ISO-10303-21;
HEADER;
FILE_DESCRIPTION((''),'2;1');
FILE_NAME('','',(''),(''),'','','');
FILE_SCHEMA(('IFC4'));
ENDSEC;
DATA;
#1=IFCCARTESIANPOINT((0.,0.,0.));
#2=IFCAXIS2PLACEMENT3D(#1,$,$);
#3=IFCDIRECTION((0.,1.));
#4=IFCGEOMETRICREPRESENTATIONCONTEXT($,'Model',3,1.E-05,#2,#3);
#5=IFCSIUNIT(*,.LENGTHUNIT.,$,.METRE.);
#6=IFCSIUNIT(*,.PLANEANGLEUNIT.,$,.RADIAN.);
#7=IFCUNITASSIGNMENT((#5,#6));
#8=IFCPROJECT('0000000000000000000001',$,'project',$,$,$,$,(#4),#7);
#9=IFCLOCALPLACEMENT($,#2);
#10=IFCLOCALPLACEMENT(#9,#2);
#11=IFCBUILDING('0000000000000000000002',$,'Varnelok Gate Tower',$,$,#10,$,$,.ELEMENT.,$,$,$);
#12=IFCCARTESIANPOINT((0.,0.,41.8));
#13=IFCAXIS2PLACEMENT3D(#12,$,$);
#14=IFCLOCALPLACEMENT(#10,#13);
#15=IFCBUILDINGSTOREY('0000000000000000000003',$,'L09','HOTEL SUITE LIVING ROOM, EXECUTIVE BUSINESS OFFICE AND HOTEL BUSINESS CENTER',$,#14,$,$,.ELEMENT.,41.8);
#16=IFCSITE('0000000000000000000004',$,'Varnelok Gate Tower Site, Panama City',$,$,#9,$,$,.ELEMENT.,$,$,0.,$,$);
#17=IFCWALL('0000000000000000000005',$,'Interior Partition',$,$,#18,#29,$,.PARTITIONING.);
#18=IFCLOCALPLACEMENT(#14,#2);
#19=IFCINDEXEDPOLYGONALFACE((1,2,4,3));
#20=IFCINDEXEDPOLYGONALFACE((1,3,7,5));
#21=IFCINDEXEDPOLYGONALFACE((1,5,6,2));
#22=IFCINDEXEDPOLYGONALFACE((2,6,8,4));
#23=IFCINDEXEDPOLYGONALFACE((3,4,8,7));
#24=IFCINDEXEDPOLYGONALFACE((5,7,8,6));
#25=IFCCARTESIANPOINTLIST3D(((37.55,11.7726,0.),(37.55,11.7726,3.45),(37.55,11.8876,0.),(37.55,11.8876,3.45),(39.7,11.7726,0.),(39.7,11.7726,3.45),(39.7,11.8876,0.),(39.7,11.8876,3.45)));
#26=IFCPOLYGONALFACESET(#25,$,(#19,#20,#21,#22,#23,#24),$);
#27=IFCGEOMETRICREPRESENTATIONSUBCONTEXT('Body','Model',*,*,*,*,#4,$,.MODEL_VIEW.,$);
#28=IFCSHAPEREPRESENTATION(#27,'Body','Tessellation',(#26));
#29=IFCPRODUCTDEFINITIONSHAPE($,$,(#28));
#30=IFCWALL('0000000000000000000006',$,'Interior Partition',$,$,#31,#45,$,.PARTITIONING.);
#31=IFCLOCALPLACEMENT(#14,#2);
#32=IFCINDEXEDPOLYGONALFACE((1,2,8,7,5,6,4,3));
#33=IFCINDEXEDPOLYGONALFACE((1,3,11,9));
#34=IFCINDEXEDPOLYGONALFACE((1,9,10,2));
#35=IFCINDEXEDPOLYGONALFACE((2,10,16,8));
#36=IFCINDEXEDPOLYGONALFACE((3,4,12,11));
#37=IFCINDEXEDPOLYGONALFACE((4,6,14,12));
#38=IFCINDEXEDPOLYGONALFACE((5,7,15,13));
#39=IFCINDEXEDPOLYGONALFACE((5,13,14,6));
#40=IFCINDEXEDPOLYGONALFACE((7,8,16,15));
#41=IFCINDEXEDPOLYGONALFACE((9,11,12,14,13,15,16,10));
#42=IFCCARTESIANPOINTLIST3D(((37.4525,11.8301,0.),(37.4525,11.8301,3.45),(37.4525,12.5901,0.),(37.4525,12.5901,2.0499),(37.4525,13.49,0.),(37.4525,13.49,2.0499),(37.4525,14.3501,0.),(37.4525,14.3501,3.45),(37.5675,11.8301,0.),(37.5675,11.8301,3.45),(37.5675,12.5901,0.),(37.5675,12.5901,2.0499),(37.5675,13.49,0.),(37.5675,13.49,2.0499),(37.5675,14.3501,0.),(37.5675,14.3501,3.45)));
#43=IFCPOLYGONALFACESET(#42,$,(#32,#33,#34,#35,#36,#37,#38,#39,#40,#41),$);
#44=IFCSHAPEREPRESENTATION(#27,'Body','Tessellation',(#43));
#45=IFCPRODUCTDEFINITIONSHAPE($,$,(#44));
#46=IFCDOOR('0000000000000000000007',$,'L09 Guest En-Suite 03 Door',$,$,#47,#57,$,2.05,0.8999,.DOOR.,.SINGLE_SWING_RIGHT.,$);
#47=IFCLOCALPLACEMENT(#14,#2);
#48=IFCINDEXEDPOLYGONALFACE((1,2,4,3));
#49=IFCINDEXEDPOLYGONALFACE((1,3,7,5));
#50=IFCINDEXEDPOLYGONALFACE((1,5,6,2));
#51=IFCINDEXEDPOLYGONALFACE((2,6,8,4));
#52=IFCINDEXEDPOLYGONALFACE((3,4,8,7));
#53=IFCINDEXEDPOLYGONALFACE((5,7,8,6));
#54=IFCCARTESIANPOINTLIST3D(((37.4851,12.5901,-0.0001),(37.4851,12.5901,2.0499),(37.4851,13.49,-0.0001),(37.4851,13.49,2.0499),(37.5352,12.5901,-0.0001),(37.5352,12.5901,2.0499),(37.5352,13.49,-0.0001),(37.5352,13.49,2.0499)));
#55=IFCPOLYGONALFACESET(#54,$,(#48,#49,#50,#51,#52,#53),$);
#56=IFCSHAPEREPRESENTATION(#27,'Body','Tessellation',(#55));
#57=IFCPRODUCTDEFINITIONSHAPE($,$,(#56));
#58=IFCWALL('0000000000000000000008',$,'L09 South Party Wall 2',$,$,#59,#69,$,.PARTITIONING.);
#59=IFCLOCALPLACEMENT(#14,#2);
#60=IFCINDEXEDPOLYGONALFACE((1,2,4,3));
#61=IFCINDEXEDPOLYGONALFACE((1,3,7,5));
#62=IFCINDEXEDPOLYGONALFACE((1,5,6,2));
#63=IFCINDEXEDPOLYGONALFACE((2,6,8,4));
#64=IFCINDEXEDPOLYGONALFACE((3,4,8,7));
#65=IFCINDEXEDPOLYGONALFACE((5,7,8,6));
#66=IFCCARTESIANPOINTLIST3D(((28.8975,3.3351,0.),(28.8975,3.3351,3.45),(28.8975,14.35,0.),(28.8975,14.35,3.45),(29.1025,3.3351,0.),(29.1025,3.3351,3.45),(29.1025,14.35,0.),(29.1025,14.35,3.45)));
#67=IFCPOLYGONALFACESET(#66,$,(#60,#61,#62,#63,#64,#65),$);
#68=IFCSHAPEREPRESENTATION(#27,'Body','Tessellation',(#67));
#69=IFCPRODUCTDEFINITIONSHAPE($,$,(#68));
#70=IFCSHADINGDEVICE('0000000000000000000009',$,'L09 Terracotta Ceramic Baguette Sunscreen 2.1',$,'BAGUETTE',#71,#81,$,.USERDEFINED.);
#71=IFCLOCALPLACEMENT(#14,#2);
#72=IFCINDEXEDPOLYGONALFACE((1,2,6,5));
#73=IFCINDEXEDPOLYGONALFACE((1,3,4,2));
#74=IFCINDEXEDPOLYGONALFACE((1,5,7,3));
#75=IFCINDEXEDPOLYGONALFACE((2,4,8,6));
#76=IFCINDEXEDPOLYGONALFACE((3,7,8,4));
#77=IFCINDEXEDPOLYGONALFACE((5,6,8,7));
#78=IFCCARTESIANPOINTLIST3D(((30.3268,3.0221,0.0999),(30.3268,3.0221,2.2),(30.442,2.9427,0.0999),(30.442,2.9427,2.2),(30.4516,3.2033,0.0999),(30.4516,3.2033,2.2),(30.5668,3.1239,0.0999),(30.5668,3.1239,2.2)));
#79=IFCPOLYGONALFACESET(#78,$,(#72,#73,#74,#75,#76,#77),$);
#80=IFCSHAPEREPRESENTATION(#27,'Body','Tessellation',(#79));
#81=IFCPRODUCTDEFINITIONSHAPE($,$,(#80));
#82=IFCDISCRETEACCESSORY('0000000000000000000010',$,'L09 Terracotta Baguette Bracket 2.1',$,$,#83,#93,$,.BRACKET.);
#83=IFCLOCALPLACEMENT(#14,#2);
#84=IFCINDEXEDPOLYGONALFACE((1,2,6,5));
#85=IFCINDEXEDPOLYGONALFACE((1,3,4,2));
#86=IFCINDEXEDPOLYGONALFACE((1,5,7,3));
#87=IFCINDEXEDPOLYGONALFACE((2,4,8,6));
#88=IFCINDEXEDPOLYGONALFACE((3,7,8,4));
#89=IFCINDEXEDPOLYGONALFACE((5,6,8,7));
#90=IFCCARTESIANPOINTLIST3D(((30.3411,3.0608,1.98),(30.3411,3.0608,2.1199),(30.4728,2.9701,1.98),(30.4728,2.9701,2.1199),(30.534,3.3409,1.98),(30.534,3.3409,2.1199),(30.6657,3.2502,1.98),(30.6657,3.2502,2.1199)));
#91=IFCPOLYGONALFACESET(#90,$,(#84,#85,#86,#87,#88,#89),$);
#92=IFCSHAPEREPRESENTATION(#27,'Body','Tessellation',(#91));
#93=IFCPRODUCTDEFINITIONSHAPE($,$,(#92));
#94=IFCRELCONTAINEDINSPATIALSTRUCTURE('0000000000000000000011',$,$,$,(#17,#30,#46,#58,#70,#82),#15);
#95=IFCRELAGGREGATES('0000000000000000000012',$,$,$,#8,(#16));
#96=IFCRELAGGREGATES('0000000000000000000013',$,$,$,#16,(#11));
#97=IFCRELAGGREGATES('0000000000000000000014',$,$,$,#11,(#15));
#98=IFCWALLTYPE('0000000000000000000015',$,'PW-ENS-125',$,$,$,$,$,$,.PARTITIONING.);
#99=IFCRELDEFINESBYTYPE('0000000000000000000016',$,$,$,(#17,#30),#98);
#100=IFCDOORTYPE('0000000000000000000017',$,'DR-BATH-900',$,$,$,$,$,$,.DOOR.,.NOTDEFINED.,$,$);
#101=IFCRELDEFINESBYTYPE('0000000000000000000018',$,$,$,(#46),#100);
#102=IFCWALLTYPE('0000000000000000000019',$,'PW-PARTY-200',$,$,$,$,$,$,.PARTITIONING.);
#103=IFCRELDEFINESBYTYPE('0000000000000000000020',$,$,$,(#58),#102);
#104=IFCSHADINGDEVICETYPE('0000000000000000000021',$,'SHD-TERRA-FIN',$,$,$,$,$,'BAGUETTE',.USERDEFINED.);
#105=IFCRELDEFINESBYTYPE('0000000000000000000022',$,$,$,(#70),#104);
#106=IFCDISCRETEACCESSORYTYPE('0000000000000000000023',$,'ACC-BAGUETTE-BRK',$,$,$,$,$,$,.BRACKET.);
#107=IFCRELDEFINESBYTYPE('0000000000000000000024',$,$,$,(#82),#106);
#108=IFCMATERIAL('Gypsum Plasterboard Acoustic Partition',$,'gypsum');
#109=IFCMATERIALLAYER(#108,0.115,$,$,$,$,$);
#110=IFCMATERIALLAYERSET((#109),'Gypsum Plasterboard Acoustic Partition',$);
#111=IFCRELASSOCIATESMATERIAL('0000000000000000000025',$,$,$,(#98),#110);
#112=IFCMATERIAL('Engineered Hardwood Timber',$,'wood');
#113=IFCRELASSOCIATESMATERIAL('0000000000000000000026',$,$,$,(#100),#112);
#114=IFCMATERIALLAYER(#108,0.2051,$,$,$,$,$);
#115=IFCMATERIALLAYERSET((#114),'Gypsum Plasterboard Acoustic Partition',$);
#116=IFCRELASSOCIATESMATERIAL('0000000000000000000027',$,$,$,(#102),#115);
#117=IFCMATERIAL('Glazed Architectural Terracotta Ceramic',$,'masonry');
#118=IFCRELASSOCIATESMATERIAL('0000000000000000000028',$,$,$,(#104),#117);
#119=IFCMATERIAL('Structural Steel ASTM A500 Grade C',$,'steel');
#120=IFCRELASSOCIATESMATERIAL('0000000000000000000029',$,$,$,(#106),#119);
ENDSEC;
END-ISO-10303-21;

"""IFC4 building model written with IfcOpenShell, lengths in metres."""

from ifc_helpers import new_model, si_unit, direction, frame, frame_2d, origin, origin_2d, place, context, subcontext, project, spatial, rectangle, extrude, source, transform, mapped, material, layer, layer_set, type_object, element, fill, save


model = new_model("IFC4")

# Units and contexts
model_context = context("Model", 3, precision=1e-05, world=origin(), true_north=direction((0.0, 1.0)))
body_context = subcontext(model_context, "Body", "Model", "MODEL_VIEW")
ifc_project = project(units=[si_unit("LENGTHUNIT", "METRE"), si_unit("PLANEANGLEUNIT", "RADIAN")], contexts=[model_context])

# Site, building, storey
site_placement = place(None, origin())
site = spatial("IfcSite", under=ifc_project, at=site_placement, Name="Varnelok Gate Tower Site, Panama City", CompositionType="ELEMENT", RefElevation=0.0)
building_placement = place(site_placement, origin())
building = spatial("IfcBuilding", under=site, at=building_placement, Name="Varnelok Gate Tower", CompositionType="ELEMENT")
storey_placement = place(building_placement, frame((0.0, 0.0, 41.8)))
storey = spatial("IfcBuildingStorey", under=building, at=storey_placement, Name="L09", Description="HOTEL SUITE LIVING ROOM, EXECUTIVE BUSINESS OFFICE AND HOTEL BUSINESS CENTER", CompositionType="ELEMENT", Elevation=41.8)

# Shared definitions
ifc_material_1 = material(Name="Gypsum Plasterboard Acoustic Partition", Category="gypsum")
ifc_layer_1 = layer(ifc_material_1, 0.115)
ifc_layer_set_1 = layer_set([ifc_layer_1], Name="Gypsum Plasterboard Acoustic Partition")
wall_type_1 = type_object("IfcWallType", Name="PW-ENS-125", PredefinedType="PARTITIONING", material=ifc_layer_set_1)

# Shared definitions
ifc_material_2 = material(Name="Engineered Hardwood Timber", Category="wood")
door_type_1 = type_object("IfcDoorType", Name="DR-BATH-900", OperationType="NOTDEFINED", PredefinedType="DOOR", material=ifc_material_2)

# Wall
wall_1_placement = place(storey_placement, frame((37.55, 11.8301, 0.0), z_axis=(0.0, 0.0, 1.0), x_axis=(1.0, 0.0, 0.0)))
element("IfcWall", 1, at=wall_1_placement, inside=storey, type_object=wall_type_1, Name="Interior Partition", PredefinedType="PARTITIONING", context=body_context, shape_type="SweptSolid", body=[
    extrude(rectangle(XDim=2.1499, YDim=0.115, at=frame_2d((1.075, 0.0))), origin(), (0.0, 0.0, 1.0), 3.45),
])

# Wall, opening, door
wall_2_placement = place(storey_placement, frame((37.51, 11.8301, 0.0), z_axis=(0.0, 0.0, 1.0), x_axis=(0.0, 1.0, 0.0)))
wall_2 = element("IfcWall", 2, at=wall_2_placement, inside=storey, type_object=wall_type_1, Name="Interior Partition", PredefinedType="PARTITIONING", context=body_context, shape_type="SweptSolid", body=[
    extrude(rectangle(XDim=2.52, YDim=0.115, at=frame_2d((1.26, 0.0))), origin(), (0.0, 0.0, 1.0), 3.45),
])
opening_1_placement = place(wall_2_placement, frame((0.76, 0.0, 0.0)))
opening_1 = element("IfcOpeningElement", 3, at=opening_1_placement, cuts=wall_2, PredefinedType="OPENING", context=body_context, shape_type="SweptSolid", body=[
    extrude(rectangle(XDim=0.8999, YDim=2.05, at=frame_2d((0.45, 1.0249))), frame((0.0, 0.0674, 0.0), z_axis=(0.0, -1.0, 0.0), x_axis=(1.0, 0.0, 0.0)), (0.0, 0.0, 1.0), 0.135),
])
door_1_placement = place(opening_1_placement, origin())
door_1 = element("IfcDoor", 4, at=door_1_placement, inside=storey, type_object=door_type_1, Name="L09 Guest En-Suite 03 Door", OperationType="SINGLE_SWING_RIGHT", OverallHeight=2.05, OverallWidth=0.8999, PredefinedType="DOOR", context=body_context, shape_type="SweptSolid", body=[
    extrude(rectangle(XDim=0.8999, YDim=2.05, at=frame_2d((0.45, 1.0249))), frame((0.0, 0.0249, 0.0), z_axis=(0.0, -1.0, 0.0), x_axis=(1.0, 0.0, 0.0)), (0.0, 0.0, 1.0), 0.05),
])
fill(opening_1, door_1)

# Wall
ifc_layer_2 = layer(ifc_material_1, 0.2051)
ifc_layer_set_2 = layer_set([ifc_layer_2], Name="Gypsum Plasterboard Acoustic Partition")
wall_type_2 = type_object("IfcWallType", Name="PW-PARTY-200", PredefinedType="PARTITIONING", material=ifc_layer_set_2)
wall_3_placement = place(storey_placement, frame((29.0, 3.3352, 0.0), z_axis=(0.0, 0.0, 1.0), x_axis=(0.0, 1.0, 0.0)))
element("IfcWall", 5, at=wall_3_placement, inside=storey, type_object=wall_type_2, Name="L09 South Party Wall 2", PredefinedType="PARTITIONING", context=body_context, shape_type="SweptSolid", body=[
    extrude(rectangle(XDim=11.0149, YDim=0.2051, at=frame_2d((5.5073, 0.0))), origin(), (0.0, 0.0, 1.0), 3.45),
])

# Shading device
ifc_material_3 = material(Name="Glazed Architectural Terracotta Ceramic", Category="masonry")
shading_device_type = type_object("IfcShadingDeviceType", Name="SHD-TERRA-FIN", ElementType="BAGUETTE", PredefinedType="USERDEFINED", material=ifc_material_3)
shared_shape_1 = source(origin(), body_context, "Body", "SweptSolid", [
    extrude(rectangle(XDim=0.1399, YDim=0.22, at=origin_2d()), origin(), (0.0, 0.0, 1.0), 2.1001),
])
shading_device_placement = place(storey_placement, frame((30.4468, 3.073, 0.0999), z_axis=(0.0, 0.0, 1.0), x_axis=(0.823533, -0.567269, 0.0)))
element("IfcShadingDevice", 6, at=shading_device_placement, inside=storey, type_object=shading_device_type, Name="L09 Terracotta Ceramic Baguette Sunscreen 2.1", ObjectType="BAGUETTE", PredefinedType="USERDEFINED", context=body_context, shape_type="MappedRepresentation", body=[
    mapped(shared_shape_1, transform((0.0, 0.0, 0.0), scale=1.0)),
])

# Discrete accessory
ifc_material_4 = material(Name="Structural Steel ASTM A500 Grade C", Category="steel")
discrete_accessory_type = type_object("IfcDiscreteAccessoryType", Name="ACC-BAGUETTE-BRK", PredefinedType="BRACKET", material=ifc_material_4)
shared_shape_2 = source(origin(), body_context, "Body", "SweptSolid", [
    extrude(rectangle(XDim=0.1599, YDim=0.3401, at=origin_2d()), origin(), (0.0, 0.0, 1.0), 0.1399),
])
discrete_accessory_placement = place(storey_placement, frame((30.5034, 3.1555, 1.98), z_axis=(0.0, 0.0, 1.0), x_axis=(0.823533, -0.567269, 0.0)))
element("IfcDiscreteAccessory", 7, at=discrete_accessory_placement, inside=storey, type_object=discrete_accessory_type, Name="L09 Terracotta Baguette Bracket 2.1", PredefinedType="BRACKET", context=body_context, shape_type="MappedRepresentation", body=[
    mapped(shared_shape_2, transform((0.0, 0.0, 0.0), scale=1.0)),
])

save(model, "model.ifc")
